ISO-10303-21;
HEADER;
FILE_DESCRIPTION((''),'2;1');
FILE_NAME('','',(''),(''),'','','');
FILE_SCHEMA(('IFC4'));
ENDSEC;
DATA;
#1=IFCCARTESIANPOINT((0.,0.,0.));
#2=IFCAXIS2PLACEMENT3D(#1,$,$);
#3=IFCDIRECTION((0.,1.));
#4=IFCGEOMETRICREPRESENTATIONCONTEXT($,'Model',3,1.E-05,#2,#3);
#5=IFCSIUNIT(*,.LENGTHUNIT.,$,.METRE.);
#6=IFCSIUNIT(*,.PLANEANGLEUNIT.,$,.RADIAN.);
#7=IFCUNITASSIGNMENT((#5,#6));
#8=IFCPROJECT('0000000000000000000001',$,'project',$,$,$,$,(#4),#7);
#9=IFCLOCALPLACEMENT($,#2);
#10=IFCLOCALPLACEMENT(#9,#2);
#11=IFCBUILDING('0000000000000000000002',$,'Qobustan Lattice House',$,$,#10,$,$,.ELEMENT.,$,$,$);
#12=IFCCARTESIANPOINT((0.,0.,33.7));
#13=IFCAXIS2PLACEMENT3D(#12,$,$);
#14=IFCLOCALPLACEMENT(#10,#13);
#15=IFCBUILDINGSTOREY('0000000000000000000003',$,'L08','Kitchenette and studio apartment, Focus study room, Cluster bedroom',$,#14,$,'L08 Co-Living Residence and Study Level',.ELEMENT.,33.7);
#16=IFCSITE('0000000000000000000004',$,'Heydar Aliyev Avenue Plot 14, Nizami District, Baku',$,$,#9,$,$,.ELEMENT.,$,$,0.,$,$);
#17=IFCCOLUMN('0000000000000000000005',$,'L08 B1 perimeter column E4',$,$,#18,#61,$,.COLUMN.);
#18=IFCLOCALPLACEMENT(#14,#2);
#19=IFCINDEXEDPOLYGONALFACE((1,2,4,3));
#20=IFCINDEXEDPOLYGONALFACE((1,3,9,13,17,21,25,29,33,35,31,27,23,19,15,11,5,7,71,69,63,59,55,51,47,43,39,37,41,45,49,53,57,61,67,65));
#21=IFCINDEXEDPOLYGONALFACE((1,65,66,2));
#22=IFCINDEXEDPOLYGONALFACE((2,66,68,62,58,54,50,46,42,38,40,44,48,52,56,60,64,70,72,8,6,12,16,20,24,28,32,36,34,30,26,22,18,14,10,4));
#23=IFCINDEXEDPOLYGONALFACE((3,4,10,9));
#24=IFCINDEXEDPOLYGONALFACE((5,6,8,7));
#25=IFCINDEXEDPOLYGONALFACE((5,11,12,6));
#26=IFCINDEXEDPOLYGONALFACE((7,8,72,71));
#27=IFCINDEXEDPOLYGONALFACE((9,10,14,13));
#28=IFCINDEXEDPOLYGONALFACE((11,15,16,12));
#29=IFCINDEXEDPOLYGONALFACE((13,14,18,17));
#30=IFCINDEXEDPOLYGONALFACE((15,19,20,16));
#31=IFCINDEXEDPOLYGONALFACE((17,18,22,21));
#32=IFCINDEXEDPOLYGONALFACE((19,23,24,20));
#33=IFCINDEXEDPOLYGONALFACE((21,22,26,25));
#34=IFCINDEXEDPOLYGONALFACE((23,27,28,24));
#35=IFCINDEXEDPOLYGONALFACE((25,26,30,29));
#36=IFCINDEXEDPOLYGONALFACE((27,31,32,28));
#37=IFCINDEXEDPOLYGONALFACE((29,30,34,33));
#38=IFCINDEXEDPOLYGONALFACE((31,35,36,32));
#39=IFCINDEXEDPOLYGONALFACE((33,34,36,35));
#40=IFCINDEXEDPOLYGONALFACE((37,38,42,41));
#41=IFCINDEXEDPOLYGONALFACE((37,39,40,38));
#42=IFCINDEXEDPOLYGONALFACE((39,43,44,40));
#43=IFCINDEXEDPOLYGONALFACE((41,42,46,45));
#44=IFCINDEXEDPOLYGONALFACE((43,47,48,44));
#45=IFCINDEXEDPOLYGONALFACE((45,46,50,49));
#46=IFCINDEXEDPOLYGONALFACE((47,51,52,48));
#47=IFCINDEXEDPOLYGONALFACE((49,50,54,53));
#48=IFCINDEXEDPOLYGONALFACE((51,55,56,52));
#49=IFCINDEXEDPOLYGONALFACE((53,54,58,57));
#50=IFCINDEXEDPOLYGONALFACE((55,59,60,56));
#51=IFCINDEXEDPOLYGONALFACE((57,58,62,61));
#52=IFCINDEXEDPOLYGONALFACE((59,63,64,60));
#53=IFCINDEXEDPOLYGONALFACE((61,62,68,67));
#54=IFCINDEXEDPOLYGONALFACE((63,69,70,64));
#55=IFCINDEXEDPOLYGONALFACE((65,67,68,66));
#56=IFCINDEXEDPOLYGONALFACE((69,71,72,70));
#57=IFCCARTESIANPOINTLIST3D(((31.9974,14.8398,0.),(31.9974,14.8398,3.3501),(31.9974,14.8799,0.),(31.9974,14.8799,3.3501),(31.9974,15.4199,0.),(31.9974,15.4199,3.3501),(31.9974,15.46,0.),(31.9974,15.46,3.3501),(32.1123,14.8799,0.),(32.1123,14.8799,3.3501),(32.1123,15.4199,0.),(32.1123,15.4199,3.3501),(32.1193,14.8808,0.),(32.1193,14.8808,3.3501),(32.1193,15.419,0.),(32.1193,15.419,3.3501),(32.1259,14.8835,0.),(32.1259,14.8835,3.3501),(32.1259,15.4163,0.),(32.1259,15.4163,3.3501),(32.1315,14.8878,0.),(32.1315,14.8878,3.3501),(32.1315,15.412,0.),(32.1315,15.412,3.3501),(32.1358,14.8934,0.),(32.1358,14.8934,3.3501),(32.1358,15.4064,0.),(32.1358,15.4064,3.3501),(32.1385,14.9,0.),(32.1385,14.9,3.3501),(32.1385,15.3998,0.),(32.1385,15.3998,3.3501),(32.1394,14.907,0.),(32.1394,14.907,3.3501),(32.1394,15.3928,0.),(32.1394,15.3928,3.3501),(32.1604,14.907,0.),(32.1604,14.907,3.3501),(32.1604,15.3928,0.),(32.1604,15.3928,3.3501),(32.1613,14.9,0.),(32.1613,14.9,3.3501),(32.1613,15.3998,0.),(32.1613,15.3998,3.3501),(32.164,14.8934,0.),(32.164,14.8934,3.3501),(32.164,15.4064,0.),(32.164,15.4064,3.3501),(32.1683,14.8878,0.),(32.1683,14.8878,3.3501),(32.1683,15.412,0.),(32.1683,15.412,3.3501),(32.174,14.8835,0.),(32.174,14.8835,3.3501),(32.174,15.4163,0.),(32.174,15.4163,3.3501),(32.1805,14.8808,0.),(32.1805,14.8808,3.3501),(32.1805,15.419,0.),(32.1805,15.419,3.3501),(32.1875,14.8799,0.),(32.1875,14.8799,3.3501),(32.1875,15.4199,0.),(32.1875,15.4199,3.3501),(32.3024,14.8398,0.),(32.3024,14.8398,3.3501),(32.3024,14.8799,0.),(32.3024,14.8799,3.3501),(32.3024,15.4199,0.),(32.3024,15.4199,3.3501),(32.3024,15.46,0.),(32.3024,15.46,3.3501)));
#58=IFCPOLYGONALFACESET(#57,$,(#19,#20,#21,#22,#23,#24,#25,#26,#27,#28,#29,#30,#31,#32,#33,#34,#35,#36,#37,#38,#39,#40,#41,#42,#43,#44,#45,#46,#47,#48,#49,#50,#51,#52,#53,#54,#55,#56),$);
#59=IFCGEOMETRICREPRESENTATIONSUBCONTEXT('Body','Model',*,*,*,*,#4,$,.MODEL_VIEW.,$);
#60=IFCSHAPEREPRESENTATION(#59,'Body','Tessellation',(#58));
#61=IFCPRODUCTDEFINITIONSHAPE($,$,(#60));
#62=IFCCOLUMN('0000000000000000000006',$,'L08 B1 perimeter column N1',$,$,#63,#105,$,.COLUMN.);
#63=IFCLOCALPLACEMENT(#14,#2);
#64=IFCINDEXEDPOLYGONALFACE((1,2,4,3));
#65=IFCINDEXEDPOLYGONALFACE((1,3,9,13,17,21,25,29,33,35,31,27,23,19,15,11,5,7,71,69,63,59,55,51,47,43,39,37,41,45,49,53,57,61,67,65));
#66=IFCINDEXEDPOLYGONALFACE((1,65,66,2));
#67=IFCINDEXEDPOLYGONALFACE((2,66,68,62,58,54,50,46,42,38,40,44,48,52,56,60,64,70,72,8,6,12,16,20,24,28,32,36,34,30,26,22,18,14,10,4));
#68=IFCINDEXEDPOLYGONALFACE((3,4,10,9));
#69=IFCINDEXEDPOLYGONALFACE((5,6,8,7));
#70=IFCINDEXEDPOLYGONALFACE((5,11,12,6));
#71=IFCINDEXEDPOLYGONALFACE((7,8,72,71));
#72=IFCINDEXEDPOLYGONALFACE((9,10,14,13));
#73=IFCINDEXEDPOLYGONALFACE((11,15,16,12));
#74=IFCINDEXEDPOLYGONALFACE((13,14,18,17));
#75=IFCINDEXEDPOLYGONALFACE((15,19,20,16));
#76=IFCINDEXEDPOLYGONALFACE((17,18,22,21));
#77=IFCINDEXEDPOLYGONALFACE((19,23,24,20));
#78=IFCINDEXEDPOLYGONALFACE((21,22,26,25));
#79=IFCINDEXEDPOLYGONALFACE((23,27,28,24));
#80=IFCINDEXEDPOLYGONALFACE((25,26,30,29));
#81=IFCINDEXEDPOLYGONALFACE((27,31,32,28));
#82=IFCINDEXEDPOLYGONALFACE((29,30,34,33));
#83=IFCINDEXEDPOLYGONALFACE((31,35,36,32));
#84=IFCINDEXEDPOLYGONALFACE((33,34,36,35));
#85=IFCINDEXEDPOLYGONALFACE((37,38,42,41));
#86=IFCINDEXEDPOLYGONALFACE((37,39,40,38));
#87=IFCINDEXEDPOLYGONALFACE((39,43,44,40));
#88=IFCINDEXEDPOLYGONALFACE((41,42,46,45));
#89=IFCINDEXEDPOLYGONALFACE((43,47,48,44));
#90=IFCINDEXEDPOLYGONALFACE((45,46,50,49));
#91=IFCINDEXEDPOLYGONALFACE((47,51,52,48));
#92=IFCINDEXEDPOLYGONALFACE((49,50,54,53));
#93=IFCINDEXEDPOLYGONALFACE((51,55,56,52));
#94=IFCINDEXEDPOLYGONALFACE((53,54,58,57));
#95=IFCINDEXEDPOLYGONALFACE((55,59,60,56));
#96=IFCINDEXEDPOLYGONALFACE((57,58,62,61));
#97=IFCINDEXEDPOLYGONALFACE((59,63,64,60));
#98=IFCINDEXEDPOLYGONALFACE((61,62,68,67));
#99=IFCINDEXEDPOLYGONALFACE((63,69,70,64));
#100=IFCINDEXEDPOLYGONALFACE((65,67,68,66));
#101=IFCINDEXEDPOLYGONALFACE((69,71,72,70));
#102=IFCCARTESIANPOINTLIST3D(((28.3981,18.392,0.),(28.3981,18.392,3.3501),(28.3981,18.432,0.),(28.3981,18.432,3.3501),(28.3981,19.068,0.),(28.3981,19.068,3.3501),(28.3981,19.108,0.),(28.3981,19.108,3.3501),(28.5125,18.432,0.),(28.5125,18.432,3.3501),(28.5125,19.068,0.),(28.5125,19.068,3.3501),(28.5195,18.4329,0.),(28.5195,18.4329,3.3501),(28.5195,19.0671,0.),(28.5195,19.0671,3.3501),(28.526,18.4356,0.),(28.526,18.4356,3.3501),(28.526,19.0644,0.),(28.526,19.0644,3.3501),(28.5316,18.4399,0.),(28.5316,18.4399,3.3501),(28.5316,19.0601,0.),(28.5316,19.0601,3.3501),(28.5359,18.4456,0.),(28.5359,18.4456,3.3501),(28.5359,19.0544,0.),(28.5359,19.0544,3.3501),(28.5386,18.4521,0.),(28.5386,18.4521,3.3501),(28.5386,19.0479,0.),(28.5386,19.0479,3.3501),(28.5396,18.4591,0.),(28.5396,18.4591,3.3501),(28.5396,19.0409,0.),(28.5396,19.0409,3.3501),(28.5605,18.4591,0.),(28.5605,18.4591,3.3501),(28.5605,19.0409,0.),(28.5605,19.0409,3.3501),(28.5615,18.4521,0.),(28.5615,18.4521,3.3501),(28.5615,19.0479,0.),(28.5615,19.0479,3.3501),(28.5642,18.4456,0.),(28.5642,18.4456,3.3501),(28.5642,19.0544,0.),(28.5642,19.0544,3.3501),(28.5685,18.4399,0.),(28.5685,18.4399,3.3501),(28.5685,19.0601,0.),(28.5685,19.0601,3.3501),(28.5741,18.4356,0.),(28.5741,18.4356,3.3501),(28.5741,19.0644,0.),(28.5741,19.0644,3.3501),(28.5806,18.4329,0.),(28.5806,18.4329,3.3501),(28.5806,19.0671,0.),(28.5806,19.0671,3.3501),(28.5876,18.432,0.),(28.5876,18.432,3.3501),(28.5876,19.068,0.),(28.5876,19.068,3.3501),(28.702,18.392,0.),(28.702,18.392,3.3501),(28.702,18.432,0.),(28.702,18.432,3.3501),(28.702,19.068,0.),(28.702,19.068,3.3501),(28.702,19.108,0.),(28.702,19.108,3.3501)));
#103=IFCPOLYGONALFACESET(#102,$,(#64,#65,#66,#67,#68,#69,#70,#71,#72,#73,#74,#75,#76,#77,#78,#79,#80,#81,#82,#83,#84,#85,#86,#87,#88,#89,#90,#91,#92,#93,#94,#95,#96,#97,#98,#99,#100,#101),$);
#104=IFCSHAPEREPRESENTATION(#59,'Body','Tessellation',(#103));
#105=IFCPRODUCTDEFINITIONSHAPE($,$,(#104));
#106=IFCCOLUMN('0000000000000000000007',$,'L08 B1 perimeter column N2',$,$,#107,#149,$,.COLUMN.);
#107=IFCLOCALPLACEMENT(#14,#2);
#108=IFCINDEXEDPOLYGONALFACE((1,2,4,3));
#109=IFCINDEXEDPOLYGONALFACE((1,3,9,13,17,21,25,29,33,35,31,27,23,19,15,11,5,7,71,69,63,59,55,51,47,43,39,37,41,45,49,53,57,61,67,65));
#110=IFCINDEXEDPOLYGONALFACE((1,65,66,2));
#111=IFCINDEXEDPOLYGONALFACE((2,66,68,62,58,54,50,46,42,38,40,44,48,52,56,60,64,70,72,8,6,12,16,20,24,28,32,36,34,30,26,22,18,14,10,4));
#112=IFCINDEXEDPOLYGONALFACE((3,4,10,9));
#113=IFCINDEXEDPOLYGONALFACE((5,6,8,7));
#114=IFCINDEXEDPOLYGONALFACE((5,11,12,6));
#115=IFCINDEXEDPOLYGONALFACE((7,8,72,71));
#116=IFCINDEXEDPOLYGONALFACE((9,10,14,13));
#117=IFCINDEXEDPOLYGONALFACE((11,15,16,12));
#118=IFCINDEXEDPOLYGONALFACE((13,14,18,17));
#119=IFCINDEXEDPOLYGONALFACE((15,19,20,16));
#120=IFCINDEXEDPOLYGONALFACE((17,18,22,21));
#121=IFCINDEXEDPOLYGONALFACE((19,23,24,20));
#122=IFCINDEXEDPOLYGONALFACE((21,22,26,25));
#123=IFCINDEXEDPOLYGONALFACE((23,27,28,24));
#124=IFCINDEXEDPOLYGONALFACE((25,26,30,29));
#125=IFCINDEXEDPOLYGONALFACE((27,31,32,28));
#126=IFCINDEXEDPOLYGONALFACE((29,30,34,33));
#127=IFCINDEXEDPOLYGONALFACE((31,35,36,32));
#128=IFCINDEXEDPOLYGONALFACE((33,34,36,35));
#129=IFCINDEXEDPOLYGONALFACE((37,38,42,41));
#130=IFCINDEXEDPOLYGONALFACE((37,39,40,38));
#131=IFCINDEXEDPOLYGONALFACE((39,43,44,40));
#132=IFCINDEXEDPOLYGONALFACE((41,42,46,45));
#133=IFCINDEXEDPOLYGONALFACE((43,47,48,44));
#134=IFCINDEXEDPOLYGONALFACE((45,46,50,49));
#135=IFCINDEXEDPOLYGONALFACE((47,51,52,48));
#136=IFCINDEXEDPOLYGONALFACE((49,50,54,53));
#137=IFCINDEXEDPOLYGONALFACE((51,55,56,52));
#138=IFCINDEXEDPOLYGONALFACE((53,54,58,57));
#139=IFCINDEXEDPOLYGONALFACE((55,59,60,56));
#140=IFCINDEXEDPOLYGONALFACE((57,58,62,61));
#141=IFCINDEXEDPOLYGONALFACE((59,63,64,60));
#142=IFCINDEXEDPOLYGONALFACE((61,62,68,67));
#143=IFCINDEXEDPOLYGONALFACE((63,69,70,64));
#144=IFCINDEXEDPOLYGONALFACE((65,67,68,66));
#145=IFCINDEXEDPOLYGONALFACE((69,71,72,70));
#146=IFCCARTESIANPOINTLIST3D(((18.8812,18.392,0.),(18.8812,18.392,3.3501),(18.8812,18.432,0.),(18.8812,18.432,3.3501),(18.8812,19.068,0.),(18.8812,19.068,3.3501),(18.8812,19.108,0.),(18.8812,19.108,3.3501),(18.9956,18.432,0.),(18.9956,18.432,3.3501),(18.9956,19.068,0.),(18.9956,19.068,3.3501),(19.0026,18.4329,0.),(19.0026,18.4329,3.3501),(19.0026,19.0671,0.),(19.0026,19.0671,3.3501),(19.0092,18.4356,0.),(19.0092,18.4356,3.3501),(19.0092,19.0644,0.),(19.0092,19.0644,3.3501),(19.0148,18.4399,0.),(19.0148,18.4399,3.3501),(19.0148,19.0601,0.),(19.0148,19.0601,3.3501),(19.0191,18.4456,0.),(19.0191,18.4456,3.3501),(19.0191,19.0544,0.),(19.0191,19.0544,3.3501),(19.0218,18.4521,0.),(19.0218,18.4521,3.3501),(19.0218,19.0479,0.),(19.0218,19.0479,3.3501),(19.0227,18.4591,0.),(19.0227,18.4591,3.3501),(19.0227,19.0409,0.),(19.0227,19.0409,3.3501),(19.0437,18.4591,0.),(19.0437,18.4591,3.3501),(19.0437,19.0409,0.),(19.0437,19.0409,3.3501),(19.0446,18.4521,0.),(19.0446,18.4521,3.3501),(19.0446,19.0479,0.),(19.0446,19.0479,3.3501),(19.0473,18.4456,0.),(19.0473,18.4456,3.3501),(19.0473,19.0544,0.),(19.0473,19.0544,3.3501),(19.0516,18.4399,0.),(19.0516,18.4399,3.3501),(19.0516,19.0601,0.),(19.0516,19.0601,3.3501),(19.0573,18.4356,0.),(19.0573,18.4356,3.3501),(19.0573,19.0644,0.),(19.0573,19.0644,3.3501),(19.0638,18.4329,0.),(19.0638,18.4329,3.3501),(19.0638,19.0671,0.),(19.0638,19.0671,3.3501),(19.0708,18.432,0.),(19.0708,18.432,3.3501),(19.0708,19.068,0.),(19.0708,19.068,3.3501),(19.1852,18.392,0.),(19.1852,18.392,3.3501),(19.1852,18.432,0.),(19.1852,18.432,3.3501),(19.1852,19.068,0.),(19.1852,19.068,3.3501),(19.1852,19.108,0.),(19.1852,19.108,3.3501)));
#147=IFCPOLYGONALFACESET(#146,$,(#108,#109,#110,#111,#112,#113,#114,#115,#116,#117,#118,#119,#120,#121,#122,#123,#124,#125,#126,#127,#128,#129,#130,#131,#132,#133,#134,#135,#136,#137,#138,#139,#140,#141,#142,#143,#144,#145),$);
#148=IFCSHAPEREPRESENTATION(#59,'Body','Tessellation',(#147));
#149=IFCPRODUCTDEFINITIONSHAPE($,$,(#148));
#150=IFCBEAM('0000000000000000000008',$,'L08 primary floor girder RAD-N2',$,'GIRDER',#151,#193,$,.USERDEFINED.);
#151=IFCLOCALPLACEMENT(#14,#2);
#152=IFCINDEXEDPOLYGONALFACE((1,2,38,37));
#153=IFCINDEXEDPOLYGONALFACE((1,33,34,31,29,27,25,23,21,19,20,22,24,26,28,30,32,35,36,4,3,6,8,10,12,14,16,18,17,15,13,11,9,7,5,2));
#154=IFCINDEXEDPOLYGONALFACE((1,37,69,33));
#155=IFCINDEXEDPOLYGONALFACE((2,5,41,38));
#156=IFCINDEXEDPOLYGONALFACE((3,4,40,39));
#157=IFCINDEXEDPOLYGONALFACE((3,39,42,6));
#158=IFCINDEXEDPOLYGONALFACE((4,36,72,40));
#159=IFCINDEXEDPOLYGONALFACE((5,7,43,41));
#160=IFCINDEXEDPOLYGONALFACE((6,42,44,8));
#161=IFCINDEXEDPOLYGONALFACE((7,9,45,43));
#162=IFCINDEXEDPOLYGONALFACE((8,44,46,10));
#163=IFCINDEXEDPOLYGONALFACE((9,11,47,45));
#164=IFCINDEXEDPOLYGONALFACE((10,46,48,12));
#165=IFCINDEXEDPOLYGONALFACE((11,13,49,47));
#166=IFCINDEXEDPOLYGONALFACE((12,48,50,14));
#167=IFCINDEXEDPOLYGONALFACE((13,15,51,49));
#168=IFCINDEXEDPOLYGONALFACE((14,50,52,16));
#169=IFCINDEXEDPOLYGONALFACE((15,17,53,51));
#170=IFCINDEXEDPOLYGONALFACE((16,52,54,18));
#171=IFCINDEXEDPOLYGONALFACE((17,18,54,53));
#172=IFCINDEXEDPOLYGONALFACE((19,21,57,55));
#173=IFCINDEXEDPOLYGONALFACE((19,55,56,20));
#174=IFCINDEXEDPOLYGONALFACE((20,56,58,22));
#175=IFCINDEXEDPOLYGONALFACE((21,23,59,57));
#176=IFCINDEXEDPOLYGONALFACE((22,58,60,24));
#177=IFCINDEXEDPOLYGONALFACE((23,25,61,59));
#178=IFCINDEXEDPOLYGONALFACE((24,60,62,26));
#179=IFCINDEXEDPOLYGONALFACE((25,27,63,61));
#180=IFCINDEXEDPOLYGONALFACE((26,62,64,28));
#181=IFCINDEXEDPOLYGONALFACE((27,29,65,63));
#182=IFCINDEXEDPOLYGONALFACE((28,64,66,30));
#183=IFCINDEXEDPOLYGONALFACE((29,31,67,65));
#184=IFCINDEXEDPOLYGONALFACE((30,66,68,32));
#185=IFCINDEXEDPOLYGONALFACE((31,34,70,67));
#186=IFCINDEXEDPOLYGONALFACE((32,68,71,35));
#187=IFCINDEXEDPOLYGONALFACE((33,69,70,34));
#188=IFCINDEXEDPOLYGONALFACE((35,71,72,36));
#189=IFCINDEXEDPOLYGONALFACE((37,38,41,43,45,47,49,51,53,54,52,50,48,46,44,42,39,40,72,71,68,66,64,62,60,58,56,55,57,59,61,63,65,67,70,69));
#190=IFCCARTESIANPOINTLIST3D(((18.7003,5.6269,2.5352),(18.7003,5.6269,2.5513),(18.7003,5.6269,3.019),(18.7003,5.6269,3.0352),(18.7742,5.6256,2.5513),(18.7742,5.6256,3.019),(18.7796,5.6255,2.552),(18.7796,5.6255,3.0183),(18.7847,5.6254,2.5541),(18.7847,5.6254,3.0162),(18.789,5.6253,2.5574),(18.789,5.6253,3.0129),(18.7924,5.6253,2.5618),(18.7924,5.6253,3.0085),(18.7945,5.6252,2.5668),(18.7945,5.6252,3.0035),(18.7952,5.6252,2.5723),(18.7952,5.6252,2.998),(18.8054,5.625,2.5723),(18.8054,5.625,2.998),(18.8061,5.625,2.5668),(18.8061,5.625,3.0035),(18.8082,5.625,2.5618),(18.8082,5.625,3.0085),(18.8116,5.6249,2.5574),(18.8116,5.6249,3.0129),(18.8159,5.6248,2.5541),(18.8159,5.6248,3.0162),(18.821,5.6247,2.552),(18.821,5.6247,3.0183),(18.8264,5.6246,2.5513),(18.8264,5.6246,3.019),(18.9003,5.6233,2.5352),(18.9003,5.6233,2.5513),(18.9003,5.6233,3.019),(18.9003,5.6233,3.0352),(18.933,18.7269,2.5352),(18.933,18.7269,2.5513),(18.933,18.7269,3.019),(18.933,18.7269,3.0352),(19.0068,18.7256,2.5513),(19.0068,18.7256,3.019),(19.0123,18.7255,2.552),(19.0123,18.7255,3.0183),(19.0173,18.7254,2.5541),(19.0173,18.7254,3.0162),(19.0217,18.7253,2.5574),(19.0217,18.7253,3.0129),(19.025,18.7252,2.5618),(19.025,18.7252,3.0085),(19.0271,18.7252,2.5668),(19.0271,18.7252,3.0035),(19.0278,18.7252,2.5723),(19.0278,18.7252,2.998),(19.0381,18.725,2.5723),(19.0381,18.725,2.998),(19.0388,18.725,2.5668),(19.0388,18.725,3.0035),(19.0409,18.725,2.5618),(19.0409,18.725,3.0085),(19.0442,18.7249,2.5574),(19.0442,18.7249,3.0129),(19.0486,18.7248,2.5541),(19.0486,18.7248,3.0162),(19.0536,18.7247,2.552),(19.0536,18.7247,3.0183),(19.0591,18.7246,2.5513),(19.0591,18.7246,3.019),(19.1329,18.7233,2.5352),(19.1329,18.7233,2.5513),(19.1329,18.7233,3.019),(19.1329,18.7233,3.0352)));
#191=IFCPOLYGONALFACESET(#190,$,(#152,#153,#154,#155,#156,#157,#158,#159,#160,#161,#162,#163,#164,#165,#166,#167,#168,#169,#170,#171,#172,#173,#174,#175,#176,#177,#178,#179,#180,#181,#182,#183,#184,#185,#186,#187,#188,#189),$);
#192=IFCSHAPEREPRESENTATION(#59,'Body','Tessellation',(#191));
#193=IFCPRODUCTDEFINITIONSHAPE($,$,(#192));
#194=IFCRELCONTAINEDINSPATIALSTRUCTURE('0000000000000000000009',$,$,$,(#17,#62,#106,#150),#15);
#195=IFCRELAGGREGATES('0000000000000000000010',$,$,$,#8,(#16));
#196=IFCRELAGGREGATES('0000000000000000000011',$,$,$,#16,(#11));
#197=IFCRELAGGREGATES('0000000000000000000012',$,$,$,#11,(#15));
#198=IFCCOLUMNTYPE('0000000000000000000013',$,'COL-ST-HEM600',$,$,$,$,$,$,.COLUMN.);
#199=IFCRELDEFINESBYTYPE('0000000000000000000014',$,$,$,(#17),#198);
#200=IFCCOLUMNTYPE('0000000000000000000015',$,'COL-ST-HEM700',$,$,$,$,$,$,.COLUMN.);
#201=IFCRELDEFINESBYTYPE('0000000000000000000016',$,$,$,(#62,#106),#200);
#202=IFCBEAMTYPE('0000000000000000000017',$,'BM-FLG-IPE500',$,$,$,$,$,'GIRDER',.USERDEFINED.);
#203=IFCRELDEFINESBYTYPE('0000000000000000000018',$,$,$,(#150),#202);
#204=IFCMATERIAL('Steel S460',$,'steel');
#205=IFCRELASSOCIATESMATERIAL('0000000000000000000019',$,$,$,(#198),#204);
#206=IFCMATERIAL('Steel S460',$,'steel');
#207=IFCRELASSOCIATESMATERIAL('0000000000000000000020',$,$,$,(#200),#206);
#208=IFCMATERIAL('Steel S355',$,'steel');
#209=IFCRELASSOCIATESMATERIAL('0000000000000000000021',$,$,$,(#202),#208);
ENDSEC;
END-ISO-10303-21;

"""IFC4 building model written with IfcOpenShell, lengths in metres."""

from ifc_helpers import new_model, si_unit, direction, frame, origin, origin_2d, place, context, subcontext, project, spatial, i_section, extrude, material, material_profile, profile_set, type_object, element, save


model = new_model("IFC4")

# Units and contexts
model_context = context("Model", 3, precision=1e-05, world=origin(), true_north=direction((0.0, 1.0)))
body_context = subcontext(model_context, "Body", "Model", "MODEL_VIEW")
ifc_project = project(units=[si_unit("LENGTHUNIT", "METRE"), si_unit("PLANEANGLEUNIT", "RADIAN")], contexts=[model_context])

# Site, building, storey
site_placement = place(None, origin())
site = spatial("IfcSite", under=ifc_project, at=site_placement, Name="Heydar Aliyev Avenue Plot 14, Nizami District, Baku", CompositionType="ELEMENT", RefElevation=0.0)
building_placement = place(site_placement, origin())
building = spatial("IfcBuilding", under=site, at=building_placement, Name="Qobustan Lattice House", CompositionType="ELEMENT")
storey_placement = place(building_placement, frame((0.0, 0.0, 33.7)))
storey = spatial("IfcBuildingStorey", under=building, at=storey_placement, Name="L08", Description="Kitchenette and studio apartment, Focus study room, Cluster bedroom", LongName="L08 Co-Living Residence and Study Level", CompositionType="ELEMENT", Elevation=33.7)

# Columns
ifc_material_1 = material(Name="Steel S460", Category="steel")
ifc_material_profile_1 = material_profile(ifc_material_1, i_section(OverallWidth=0.3049, OverallDepth=0.6201, WebThickness=0.021, FlangeThickness=0.04, FilletRadius=0.0271, at=origin_2d()), Name="HEM600")
ifc_profile_set_1 = profile_set([ifc_material_profile_1], Name="Steel S460")
column_type_1 = type_object("IfcColumnType", Name="COL-ST-HEM600", PredefinedType="COLUMN", material=ifc_profile_set_1)
column_placement = place(storey_placement, frame((32.1499, 15.1499, 0.0), z_axis=(0.0, 0.0, 1.0), x_axis=(1.0, 0.0, 0.0)))
element("IfcColumn", 1, at=column_placement, inside=storey, type_object=column_type_1, Name="L08 B1 perimeter column E4", PredefinedType="COLUMN", context=body_context, shape_type="SweptSolid", body=[
    extrude(i_section(OverallWidth=0.3049, OverallDepth=0.6201, WebThickness=0.021, FlangeThickness=0.04, FilletRadius=0.0271, at=origin_2d()), origin(), (0.0, 0.0, 1.0), 3.3501),
])
ifc_material_2 = material(Name="Steel S460", Category="steel")
ifc_material_profile_2 = material_profile(ifc_material_2, i_section(OverallWidth=0.304, OverallDepth=0.7161, WebThickness=0.021, FlangeThickness=0.04, FilletRadius=0.0271, at=origin_2d()), Name="HEM700")
ifc_profile_set_2 = profile_set([ifc_material_profile_2], Name="Steel S460")
column_type_2 = type_object("IfcColumnType", Name="COL-ST-HEM700", PredefinedType="COLUMN", material=ifc_profile_set_2)
for number, where, z_axis, x_axis, name in (
    (2, (28.55, 18.75, 0.0), (0.0, 0.0, 1.0), (1.0, 0.0, 0.0), "L08 B1 perimeter column N1"),
    (3, (19.0332, 18.75, 0.0), (0.0, 0.0, 1.0), (1.0, 0.0, 0.0), "L08 B1 perimeter column N2"),
):
    element("IfcColumn", number, at=place(storey_placement, frame(where, z_axis=z_axis, x_axis=x_axis)), inside=storey, type_object=column_type_2, Name=name, PredefinedType="COLUMN", context=body_context, shape_type="SweptSolid", body=[
        extrude(i_section(OverallWidth=0.304, OverallDepth=0.7161, WebThickness=0.021, FlangeThickness=0.04, FilletRadius=0.0271, at=origin_2d()), origin(), (0.0, 0.0, 1.0), 3.3501),
    ])

# Beam
ifc_material_3 = material(Name="Steel S355", Category="steel")
ifc_material_profile_3 = material_profile(ifc_material_3, i_section(OverallWidth=0.2, OverallDepth=0.5, WebThickness=0.0103, FlangeThickness=0.0161, FilletRadius=0.021, at=origin_2d()), Name="IPE500")
ifc_profile_set_3 = profile_set([ifc_material_profile_3], Name="Steel S355")
beam_type_1 = type_object("IfcBeamType", Name="BM-FLG-IPE500", ElementType="GIRDER", PredefinedType="USERDEFINED", material=ifc_profile_set_3)
beam_1_placement = place(storey_placement, frame((19.033, 18.7251, 2.7852), z_axis=(-0.017758, -0.999842, 0.0), x_axis=(0.999842, -0.017758, 0.0)))
element("IfcBeam", 4, at=beam_1_placement, inside=storey, type_object=beam_type_1, Name="L08 primary floor girder RAD-N2", ObjectType="GIRDER", PredefinedType="USERDEFINED", context=body_context, shape_type="SweptSolid", body=[
    extrude(i_section(OverallWidth=0.2, OverallDepth=0.5, WebThickness=0.0103, FlangeThickness=0.0161, FilletRadius=0.021, at=origin_2d()), origin(), (0.0, 0.0, 1.0), 13.1021),
])

save(model, "model.ifc")
